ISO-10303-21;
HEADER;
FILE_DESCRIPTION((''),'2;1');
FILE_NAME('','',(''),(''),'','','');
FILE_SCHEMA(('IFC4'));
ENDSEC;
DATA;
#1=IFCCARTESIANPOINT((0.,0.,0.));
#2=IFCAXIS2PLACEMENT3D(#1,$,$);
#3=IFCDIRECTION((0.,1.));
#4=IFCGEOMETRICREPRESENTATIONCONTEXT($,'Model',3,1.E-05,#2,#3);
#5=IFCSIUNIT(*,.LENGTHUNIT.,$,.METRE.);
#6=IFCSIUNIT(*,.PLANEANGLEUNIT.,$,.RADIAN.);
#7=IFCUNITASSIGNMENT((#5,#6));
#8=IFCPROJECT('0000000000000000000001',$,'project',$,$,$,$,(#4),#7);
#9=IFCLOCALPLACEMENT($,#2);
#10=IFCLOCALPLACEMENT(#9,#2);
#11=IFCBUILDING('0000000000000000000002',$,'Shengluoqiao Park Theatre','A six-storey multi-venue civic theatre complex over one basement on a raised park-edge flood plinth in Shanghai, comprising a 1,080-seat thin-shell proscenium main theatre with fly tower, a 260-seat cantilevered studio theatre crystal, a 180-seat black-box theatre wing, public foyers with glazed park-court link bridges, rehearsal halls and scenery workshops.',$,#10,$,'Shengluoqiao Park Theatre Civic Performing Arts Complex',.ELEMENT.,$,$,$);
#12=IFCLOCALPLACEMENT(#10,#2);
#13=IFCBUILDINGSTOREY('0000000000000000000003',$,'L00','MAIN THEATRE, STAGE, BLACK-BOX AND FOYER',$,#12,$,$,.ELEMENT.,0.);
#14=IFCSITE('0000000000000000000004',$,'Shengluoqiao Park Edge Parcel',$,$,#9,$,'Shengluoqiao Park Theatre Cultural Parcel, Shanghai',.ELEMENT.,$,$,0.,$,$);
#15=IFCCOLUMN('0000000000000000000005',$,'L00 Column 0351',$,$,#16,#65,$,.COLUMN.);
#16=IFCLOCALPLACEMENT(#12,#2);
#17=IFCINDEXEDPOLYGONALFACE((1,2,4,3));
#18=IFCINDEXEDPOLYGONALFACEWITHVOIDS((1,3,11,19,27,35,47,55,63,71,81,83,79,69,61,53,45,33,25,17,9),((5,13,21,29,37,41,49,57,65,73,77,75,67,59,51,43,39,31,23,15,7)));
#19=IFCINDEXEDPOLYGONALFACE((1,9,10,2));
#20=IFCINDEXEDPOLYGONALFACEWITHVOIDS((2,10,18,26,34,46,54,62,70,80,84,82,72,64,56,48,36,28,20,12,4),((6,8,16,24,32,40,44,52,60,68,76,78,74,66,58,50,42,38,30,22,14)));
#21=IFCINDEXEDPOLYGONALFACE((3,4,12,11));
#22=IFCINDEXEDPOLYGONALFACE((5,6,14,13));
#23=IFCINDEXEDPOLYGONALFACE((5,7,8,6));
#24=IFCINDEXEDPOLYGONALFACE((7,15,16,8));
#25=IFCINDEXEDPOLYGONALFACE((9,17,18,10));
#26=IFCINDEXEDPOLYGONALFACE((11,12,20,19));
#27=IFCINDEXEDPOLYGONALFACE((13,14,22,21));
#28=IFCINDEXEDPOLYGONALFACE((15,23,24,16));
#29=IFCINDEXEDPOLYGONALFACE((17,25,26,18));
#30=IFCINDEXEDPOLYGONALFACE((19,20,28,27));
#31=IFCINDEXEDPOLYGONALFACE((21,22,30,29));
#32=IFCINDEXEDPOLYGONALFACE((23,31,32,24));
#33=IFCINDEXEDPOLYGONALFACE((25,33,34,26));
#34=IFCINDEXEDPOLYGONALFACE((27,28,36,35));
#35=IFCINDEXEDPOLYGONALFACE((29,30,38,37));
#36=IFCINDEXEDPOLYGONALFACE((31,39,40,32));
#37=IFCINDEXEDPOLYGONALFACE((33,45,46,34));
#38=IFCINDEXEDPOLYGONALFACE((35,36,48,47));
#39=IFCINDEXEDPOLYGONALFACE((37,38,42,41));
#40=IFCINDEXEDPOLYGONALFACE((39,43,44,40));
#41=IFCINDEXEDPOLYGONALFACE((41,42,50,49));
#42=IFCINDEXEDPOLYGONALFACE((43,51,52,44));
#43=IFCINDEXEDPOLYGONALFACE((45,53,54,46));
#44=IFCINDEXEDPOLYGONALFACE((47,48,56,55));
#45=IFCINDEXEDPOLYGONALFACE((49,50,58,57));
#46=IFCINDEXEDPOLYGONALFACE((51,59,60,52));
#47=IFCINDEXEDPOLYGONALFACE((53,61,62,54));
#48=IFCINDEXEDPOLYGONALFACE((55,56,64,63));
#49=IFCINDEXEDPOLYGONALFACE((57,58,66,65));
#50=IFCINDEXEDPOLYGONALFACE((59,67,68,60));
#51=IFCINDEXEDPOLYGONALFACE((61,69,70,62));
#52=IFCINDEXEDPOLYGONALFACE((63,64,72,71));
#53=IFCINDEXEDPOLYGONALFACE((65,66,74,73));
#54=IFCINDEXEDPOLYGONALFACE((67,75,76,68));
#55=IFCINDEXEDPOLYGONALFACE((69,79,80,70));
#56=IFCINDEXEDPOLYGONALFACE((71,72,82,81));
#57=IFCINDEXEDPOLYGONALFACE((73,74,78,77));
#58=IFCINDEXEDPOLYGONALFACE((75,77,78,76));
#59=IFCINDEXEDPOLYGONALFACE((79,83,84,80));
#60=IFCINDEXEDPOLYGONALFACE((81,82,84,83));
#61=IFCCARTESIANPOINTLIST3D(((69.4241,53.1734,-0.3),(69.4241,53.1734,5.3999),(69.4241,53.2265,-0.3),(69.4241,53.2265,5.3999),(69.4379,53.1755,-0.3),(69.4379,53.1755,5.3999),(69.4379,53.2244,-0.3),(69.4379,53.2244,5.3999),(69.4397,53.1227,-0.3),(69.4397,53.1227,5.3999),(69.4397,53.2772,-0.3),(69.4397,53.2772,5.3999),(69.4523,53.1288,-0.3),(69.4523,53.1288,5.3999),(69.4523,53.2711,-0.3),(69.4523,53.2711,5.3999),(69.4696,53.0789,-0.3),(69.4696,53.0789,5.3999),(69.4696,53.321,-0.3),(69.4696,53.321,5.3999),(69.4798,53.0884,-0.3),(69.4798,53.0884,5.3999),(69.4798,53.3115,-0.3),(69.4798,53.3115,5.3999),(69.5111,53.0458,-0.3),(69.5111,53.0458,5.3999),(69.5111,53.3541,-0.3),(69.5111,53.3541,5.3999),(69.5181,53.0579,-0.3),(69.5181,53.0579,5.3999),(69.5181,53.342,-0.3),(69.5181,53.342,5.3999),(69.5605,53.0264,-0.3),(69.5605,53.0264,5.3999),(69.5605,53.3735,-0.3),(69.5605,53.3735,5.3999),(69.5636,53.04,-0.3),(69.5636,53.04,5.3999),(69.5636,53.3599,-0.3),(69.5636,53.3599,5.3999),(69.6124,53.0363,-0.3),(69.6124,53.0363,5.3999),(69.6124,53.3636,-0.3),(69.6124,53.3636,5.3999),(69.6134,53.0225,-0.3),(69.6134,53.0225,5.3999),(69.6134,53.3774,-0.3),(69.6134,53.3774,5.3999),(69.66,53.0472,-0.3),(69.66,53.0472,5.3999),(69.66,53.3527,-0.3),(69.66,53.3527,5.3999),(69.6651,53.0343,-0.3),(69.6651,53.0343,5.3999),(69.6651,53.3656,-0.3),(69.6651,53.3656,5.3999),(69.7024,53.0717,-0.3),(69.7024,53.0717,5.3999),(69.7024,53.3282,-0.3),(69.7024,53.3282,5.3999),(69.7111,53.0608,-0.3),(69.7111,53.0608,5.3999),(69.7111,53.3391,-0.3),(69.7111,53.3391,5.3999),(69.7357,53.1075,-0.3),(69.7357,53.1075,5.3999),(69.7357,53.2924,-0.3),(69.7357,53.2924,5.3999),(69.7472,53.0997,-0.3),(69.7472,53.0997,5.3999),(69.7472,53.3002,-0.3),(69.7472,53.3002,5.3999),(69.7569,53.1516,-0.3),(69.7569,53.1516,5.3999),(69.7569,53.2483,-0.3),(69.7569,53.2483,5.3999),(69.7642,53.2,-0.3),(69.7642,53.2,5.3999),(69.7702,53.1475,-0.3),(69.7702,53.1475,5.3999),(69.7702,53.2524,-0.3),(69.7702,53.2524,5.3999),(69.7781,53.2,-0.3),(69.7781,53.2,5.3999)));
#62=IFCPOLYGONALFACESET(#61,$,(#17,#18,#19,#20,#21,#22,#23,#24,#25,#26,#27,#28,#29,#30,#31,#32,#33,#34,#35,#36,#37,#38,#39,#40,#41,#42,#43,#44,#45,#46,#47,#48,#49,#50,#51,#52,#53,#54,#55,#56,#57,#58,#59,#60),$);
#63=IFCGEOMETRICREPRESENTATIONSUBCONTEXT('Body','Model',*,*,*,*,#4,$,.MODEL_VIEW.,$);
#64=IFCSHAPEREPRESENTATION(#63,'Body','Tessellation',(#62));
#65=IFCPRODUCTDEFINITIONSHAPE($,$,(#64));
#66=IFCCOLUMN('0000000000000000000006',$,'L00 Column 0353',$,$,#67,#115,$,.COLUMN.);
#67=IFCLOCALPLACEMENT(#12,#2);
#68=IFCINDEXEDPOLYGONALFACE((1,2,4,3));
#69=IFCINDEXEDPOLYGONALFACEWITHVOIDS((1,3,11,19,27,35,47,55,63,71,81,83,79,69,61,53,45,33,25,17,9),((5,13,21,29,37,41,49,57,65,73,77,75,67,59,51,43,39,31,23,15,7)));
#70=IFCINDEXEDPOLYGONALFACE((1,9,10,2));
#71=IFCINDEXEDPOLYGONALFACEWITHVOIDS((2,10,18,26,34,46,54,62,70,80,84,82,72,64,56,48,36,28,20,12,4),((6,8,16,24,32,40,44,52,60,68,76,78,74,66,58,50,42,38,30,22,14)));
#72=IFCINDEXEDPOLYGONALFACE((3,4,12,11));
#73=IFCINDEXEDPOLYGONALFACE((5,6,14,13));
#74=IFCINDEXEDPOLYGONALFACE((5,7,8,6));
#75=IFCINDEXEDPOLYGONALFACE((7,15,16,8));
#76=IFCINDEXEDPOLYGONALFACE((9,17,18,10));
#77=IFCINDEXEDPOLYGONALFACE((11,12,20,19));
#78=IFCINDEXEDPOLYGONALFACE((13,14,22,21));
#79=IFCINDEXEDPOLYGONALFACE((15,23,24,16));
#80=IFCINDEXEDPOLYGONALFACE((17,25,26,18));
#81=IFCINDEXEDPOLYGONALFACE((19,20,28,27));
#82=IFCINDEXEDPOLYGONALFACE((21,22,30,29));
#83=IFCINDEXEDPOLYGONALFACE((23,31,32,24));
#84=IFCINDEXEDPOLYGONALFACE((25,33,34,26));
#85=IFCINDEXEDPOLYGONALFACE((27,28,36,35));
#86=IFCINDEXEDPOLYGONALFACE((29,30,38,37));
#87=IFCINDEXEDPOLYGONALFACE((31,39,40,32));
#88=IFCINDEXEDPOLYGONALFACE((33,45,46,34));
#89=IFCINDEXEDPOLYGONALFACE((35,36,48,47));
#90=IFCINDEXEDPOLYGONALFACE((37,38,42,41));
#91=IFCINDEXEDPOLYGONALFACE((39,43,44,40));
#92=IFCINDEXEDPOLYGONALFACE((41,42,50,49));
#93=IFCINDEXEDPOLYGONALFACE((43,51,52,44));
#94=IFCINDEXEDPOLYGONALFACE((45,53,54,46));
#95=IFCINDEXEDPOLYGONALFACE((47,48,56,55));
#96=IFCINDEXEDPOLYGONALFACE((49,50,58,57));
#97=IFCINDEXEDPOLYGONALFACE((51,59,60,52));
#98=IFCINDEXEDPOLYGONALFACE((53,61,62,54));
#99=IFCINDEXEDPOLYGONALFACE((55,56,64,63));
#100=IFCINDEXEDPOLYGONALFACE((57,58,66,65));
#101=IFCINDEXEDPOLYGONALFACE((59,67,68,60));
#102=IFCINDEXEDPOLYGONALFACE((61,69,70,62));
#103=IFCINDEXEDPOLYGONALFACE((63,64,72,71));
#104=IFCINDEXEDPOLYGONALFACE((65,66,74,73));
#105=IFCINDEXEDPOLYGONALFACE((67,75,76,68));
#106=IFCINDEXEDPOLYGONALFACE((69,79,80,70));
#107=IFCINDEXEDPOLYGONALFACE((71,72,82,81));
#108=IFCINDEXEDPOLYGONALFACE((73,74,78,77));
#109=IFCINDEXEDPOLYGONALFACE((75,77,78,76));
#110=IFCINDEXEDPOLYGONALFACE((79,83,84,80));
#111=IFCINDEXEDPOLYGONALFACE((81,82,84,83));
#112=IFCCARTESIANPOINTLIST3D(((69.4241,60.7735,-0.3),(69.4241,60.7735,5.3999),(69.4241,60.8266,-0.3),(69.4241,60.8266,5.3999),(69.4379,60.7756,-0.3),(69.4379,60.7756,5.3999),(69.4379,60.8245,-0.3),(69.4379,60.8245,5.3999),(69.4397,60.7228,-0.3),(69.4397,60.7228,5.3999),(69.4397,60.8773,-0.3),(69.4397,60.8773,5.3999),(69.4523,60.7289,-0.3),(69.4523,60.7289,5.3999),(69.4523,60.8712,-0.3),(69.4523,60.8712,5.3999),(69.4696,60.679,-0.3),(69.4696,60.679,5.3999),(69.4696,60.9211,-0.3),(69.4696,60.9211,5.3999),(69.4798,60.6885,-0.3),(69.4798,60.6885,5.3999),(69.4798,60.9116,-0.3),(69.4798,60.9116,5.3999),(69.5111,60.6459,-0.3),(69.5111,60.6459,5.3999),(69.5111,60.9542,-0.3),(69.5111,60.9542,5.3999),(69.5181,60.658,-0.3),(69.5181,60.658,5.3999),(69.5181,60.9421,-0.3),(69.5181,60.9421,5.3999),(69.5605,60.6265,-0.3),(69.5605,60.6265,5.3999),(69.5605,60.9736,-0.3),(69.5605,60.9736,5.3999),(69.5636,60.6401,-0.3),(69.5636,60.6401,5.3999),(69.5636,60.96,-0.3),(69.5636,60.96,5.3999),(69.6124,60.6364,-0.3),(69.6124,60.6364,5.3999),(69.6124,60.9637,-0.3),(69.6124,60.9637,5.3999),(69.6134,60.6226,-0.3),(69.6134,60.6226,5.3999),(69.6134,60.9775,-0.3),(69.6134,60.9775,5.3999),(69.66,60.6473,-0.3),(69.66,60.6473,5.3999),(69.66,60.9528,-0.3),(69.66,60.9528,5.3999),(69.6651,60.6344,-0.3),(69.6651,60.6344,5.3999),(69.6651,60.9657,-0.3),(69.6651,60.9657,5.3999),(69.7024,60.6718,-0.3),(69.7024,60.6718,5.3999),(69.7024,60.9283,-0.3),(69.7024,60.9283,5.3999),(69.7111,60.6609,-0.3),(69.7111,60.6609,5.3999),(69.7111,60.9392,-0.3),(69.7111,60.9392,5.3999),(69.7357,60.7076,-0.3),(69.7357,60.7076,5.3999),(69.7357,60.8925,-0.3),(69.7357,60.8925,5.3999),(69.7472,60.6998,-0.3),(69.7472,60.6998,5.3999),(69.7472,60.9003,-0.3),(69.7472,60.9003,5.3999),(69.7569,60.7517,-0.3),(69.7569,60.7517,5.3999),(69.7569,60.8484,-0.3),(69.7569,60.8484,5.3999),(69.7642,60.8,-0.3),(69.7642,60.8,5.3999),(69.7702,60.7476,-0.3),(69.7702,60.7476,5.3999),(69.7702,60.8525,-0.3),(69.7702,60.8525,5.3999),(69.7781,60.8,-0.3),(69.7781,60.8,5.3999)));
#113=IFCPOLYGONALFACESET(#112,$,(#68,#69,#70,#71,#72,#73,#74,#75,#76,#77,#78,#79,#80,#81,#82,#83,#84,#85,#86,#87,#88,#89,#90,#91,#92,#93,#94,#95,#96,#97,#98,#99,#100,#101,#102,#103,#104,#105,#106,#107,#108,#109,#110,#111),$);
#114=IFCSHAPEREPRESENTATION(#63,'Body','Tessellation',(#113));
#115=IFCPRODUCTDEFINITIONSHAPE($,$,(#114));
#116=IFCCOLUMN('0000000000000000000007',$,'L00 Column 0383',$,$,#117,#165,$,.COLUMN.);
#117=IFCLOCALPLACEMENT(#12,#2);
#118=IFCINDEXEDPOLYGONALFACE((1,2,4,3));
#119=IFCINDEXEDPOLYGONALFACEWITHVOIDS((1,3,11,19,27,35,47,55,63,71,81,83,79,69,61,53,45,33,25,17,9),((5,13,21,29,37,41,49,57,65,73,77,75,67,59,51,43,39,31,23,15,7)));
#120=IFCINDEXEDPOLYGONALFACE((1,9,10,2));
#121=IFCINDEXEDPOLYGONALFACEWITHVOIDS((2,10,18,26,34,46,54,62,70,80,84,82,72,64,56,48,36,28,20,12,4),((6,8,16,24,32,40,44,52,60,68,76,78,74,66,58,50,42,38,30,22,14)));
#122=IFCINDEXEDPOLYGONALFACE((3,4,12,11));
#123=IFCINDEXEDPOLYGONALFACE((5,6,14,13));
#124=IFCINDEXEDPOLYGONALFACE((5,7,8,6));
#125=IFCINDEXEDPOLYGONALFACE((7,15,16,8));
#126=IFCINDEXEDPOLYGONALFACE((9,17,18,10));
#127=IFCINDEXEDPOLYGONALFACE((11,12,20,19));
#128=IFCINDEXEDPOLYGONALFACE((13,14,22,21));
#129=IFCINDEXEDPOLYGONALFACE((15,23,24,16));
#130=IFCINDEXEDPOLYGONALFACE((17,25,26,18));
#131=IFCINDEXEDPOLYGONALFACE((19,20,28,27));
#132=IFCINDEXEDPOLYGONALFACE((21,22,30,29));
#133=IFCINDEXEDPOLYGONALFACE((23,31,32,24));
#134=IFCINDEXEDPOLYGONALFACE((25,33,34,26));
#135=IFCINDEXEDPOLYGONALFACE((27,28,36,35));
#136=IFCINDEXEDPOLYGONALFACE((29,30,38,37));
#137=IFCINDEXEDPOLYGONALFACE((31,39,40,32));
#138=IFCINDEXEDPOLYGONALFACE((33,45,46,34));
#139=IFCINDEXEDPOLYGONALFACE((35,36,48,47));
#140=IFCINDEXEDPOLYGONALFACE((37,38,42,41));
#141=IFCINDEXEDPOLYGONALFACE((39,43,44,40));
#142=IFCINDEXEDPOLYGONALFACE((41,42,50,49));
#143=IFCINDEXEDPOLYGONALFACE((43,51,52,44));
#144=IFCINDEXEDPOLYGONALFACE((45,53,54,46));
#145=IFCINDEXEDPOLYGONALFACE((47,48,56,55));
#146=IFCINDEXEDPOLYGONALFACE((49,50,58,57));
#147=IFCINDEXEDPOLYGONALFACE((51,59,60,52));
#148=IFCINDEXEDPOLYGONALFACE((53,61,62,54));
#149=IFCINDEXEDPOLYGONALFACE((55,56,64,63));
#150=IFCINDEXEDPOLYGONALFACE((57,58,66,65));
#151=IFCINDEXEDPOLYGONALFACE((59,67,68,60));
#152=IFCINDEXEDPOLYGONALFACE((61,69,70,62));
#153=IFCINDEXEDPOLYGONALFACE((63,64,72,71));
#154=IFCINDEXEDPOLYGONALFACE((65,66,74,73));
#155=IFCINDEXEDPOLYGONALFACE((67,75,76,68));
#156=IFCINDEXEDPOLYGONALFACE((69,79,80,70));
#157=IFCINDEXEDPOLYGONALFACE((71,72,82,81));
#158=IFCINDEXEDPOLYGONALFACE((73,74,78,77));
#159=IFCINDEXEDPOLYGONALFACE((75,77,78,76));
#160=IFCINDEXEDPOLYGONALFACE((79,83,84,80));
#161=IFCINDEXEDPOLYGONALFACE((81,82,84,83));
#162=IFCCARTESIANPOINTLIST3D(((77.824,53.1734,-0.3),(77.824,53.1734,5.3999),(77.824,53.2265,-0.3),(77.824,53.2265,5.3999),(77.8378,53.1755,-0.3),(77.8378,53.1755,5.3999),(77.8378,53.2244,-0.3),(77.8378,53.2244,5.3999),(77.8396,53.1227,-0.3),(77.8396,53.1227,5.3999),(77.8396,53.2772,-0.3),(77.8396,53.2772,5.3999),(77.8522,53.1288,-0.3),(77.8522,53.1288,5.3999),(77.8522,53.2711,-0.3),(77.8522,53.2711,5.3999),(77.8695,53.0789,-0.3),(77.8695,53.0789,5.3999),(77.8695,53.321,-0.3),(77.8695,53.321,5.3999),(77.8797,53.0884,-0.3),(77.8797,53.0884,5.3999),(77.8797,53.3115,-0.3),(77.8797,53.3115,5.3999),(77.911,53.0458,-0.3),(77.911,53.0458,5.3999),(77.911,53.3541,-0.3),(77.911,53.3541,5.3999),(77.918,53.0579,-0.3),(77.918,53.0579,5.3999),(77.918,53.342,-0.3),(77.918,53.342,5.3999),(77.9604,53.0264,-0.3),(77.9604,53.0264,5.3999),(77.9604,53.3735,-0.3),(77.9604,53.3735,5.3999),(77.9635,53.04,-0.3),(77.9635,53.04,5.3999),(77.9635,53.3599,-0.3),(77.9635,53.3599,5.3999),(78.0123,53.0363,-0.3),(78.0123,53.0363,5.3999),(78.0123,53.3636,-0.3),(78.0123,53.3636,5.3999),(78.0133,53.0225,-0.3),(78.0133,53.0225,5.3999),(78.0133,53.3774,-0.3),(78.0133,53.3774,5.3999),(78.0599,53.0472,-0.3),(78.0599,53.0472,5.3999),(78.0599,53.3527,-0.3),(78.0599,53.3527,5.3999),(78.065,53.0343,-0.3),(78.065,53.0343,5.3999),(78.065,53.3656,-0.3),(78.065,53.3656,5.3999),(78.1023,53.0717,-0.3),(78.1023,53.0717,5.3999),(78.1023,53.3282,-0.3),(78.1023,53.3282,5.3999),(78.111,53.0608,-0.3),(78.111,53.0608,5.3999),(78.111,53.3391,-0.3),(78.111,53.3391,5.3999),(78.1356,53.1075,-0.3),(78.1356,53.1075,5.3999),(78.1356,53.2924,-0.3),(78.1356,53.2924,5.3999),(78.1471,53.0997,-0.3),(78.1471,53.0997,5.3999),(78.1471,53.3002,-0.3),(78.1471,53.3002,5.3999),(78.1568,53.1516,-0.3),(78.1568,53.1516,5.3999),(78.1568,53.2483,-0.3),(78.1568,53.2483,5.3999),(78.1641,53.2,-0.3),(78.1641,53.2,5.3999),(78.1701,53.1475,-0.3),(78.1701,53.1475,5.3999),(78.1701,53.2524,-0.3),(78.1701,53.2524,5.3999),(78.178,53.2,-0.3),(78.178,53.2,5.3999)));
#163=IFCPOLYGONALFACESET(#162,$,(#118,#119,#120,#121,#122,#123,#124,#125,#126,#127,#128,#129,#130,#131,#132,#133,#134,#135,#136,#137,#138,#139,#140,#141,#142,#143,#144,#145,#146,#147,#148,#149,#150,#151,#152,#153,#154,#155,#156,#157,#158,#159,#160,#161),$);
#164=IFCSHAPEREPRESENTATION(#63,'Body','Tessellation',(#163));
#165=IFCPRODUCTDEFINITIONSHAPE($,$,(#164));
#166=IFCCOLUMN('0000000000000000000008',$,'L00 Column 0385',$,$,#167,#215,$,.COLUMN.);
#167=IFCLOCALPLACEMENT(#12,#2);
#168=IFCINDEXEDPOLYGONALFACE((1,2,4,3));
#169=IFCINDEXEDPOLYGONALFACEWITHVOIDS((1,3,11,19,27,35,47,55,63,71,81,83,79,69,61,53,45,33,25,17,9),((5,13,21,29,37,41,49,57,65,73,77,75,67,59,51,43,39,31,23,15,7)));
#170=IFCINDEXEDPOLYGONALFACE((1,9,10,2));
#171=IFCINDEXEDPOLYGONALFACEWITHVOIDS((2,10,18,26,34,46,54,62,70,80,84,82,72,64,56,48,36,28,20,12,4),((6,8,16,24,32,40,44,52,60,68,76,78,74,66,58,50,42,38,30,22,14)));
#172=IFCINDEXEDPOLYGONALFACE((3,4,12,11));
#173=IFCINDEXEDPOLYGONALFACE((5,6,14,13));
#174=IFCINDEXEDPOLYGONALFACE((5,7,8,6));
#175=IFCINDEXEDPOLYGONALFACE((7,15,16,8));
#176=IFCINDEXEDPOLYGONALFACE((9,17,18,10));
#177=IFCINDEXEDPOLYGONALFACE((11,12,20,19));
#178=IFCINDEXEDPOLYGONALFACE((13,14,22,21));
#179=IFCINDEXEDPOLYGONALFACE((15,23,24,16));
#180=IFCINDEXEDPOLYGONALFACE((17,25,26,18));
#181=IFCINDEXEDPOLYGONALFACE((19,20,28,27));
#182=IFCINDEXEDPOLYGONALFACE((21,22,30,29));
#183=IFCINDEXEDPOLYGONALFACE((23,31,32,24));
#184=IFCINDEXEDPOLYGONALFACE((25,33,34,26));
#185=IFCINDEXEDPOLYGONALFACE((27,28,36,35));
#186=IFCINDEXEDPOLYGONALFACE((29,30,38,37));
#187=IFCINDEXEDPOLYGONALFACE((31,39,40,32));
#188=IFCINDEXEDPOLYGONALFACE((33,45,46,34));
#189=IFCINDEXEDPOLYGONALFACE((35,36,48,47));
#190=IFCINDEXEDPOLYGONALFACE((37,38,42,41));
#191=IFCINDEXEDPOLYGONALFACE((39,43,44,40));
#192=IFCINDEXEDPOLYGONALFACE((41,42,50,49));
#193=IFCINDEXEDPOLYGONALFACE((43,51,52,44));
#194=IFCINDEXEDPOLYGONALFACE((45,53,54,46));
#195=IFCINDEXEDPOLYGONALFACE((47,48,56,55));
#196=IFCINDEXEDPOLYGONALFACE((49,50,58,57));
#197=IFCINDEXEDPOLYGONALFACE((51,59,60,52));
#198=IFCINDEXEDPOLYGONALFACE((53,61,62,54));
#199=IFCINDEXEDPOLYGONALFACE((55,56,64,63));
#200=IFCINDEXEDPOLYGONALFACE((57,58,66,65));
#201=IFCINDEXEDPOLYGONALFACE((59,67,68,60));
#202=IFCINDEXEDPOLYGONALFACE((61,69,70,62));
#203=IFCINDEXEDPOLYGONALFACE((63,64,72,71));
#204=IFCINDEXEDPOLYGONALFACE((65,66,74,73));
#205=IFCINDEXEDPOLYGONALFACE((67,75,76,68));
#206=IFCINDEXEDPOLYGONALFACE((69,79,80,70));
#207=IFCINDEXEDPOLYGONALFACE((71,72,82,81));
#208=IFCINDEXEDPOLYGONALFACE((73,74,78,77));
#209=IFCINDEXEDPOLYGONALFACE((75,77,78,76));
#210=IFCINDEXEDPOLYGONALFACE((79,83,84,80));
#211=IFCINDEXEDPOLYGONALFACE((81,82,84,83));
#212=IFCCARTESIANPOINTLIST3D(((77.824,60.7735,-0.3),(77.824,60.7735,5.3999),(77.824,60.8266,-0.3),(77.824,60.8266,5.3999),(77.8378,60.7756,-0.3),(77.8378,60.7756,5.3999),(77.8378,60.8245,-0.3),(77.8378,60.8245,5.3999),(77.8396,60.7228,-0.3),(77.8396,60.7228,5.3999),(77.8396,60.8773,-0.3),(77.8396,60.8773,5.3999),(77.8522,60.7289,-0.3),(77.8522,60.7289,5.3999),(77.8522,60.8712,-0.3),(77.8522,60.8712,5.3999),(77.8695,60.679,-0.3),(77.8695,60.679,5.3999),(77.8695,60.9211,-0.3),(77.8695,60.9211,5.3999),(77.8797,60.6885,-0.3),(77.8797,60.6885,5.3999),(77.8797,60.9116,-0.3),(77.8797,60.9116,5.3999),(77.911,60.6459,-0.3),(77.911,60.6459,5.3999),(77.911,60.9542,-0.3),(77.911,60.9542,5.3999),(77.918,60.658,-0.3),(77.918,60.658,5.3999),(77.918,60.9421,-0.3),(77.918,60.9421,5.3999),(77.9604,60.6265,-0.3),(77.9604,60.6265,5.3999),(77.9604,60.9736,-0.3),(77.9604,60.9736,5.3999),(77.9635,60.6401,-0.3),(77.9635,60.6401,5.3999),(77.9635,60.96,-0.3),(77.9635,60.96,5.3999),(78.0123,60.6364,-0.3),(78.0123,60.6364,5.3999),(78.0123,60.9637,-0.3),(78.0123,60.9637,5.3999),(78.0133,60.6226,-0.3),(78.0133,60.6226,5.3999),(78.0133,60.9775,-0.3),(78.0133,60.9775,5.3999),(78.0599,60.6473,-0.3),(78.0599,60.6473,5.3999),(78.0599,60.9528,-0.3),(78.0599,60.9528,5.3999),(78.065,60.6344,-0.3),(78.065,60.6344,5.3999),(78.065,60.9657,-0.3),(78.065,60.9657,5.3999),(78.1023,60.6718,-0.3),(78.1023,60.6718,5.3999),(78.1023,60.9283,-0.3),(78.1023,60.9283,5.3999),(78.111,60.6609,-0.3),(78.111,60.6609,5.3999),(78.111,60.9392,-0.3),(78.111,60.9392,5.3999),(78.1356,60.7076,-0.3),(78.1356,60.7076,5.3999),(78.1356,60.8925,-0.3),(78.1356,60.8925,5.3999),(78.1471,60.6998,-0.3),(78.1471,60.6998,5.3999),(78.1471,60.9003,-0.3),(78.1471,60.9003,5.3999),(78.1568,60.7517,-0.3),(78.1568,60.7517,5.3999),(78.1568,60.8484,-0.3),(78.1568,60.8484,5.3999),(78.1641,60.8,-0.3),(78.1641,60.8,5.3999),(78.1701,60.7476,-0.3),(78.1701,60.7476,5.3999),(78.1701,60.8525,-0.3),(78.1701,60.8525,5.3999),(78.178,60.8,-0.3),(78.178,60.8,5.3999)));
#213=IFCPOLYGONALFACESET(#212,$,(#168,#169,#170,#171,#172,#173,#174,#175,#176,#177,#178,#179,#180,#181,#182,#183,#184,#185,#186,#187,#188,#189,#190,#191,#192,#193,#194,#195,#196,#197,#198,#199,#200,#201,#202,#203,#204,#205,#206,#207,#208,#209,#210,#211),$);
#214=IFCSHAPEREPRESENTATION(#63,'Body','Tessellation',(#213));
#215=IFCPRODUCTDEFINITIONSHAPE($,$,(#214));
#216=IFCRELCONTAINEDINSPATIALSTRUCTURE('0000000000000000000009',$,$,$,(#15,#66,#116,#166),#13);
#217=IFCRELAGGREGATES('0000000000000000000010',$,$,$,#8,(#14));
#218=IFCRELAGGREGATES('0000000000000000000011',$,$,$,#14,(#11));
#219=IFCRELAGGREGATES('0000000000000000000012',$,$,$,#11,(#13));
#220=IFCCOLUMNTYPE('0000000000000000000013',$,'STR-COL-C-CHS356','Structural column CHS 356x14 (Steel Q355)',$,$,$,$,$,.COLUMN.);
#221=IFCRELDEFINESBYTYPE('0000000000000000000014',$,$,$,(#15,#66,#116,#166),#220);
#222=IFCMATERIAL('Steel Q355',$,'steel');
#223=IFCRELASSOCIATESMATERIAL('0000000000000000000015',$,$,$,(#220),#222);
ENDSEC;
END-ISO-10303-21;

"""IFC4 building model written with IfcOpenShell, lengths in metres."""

from ifc_helpers import new_model, si_unit, direction, frame, origin, origin_2d, place, context, subcontext, project, spatial, hollow_circle, extrude, material, material_profile, profile_set, type_object, element, save


model = new_model("IFC4")

# Units and contexts
model_context = context("Model", 3, precision=1e-05, world=origin(), true_north=direction((0.0, 1.0)))
body_context = subcontext(model_context, "Body", "Model", "MODEL_VIEW")
ifc_project = project(units=[si_unit("LENGTHUNIT", "METRE"), si_unit("PLANEANGLEUNIT", "RADIAN")], contexts=[model_context])

# Site, building, storey
site_placement = place(None, origin())
site = spatial("IfcSite", under=ifc_project, at=site_placement, Name="Shengluoqiao Park Edge Parcel", LongName="Shengluoqiao Park Theatre Cultural Parcel, Shanghai", CompositionType="ELEMENT", RefElevation=0.0)
building_placement = place(site_placement, origin())
building = spatial("IfcBuilding", under=site, at=building_placement, Name="Shengluoqiao Park Theatre", Description="A six-storey multi-venue civic theatre complex over one basement on a raised park-edge flood plinth in Shanghai, comprising a 1,080-seat thin-shell proscenium main theatre with fly tower, a 260-seat cantilevered studio theatre crystal, a 180-seat black-box theatre wing, public foyers with glazed park-court link bridges, rehearsal halls and scenery workshops.", LongName="Shengluoqiao Park Theatre Civic Performing Arts Complex", CompositionType="ELEMENT")
storey_placement = place(building_placement, origin())
storey = spatial("IfcBuildingStorey", under=building, at=storey_placement, Name="L00", Description="MAIN THEATRE, STAGE, BLACK-BOX AND FOYER", CompositionType="ELEMENT", Elevation=0.0)

# Columns
ifc_material_1 = material(Name="Steel Q355", Category="steel")
ifc_material_profile_1 = material_profile(ifc_material_1, hollow_circle(Radius=0.178, WallThickness=0.0139, at=origin_2d()), Name="CHS 356x14")
ifc_profile_set_1 = profile_set([ifc_material_profile_1], Name="Steel Q355")
column_type_1 = type_object("IfcColumnType", Name="STR-COL-C-CHS356", Description="Structural column CHS 356x14 (Steel Q355)", PredefinedType="COLUMN", material=ifc_profile_set_1)
for number, where, z_axis, x_axis, name in (
    (1, (69.6001, 53.2, -0.3), (0.0, 0.0, 1.0), (1.0, 0.0, 0.0), "L00 Column 0351"),
    (2, (69.6001, 60.8, -0.3), (0.0, 0.0, 1.0), (1.0, 0.0, 0.0), "L00 Column 0353"),
    (3, (78.0, 53.2, -0.3), (0.0, 0.0, 1.0), (1.0, 0.0, 0.0), "L00 Column 0383"),
    (4, (78.0, 60.8, -0.3), (0.0, 0.0, 1.0), (1.0, 0.0, 0.0), "L00 Column 0385"),
):
    element("IfcColumn", number, at=place(storey_placement, frame(where, z_axis=z_axis, x_axis=x_axis)), inside=storey, type_object=column_type_1, Name=name, PredefinedType="COLUMN", context=body_context, shape_type="SweptSolid", body=[
        extrude(hollow_circle(Radius=0.178, WallThickness=0.0139, at=origin_2d()), origin(), (0.0, 0.0, 1.0), 5.7),
    ])

save(model, "model.ifc")
